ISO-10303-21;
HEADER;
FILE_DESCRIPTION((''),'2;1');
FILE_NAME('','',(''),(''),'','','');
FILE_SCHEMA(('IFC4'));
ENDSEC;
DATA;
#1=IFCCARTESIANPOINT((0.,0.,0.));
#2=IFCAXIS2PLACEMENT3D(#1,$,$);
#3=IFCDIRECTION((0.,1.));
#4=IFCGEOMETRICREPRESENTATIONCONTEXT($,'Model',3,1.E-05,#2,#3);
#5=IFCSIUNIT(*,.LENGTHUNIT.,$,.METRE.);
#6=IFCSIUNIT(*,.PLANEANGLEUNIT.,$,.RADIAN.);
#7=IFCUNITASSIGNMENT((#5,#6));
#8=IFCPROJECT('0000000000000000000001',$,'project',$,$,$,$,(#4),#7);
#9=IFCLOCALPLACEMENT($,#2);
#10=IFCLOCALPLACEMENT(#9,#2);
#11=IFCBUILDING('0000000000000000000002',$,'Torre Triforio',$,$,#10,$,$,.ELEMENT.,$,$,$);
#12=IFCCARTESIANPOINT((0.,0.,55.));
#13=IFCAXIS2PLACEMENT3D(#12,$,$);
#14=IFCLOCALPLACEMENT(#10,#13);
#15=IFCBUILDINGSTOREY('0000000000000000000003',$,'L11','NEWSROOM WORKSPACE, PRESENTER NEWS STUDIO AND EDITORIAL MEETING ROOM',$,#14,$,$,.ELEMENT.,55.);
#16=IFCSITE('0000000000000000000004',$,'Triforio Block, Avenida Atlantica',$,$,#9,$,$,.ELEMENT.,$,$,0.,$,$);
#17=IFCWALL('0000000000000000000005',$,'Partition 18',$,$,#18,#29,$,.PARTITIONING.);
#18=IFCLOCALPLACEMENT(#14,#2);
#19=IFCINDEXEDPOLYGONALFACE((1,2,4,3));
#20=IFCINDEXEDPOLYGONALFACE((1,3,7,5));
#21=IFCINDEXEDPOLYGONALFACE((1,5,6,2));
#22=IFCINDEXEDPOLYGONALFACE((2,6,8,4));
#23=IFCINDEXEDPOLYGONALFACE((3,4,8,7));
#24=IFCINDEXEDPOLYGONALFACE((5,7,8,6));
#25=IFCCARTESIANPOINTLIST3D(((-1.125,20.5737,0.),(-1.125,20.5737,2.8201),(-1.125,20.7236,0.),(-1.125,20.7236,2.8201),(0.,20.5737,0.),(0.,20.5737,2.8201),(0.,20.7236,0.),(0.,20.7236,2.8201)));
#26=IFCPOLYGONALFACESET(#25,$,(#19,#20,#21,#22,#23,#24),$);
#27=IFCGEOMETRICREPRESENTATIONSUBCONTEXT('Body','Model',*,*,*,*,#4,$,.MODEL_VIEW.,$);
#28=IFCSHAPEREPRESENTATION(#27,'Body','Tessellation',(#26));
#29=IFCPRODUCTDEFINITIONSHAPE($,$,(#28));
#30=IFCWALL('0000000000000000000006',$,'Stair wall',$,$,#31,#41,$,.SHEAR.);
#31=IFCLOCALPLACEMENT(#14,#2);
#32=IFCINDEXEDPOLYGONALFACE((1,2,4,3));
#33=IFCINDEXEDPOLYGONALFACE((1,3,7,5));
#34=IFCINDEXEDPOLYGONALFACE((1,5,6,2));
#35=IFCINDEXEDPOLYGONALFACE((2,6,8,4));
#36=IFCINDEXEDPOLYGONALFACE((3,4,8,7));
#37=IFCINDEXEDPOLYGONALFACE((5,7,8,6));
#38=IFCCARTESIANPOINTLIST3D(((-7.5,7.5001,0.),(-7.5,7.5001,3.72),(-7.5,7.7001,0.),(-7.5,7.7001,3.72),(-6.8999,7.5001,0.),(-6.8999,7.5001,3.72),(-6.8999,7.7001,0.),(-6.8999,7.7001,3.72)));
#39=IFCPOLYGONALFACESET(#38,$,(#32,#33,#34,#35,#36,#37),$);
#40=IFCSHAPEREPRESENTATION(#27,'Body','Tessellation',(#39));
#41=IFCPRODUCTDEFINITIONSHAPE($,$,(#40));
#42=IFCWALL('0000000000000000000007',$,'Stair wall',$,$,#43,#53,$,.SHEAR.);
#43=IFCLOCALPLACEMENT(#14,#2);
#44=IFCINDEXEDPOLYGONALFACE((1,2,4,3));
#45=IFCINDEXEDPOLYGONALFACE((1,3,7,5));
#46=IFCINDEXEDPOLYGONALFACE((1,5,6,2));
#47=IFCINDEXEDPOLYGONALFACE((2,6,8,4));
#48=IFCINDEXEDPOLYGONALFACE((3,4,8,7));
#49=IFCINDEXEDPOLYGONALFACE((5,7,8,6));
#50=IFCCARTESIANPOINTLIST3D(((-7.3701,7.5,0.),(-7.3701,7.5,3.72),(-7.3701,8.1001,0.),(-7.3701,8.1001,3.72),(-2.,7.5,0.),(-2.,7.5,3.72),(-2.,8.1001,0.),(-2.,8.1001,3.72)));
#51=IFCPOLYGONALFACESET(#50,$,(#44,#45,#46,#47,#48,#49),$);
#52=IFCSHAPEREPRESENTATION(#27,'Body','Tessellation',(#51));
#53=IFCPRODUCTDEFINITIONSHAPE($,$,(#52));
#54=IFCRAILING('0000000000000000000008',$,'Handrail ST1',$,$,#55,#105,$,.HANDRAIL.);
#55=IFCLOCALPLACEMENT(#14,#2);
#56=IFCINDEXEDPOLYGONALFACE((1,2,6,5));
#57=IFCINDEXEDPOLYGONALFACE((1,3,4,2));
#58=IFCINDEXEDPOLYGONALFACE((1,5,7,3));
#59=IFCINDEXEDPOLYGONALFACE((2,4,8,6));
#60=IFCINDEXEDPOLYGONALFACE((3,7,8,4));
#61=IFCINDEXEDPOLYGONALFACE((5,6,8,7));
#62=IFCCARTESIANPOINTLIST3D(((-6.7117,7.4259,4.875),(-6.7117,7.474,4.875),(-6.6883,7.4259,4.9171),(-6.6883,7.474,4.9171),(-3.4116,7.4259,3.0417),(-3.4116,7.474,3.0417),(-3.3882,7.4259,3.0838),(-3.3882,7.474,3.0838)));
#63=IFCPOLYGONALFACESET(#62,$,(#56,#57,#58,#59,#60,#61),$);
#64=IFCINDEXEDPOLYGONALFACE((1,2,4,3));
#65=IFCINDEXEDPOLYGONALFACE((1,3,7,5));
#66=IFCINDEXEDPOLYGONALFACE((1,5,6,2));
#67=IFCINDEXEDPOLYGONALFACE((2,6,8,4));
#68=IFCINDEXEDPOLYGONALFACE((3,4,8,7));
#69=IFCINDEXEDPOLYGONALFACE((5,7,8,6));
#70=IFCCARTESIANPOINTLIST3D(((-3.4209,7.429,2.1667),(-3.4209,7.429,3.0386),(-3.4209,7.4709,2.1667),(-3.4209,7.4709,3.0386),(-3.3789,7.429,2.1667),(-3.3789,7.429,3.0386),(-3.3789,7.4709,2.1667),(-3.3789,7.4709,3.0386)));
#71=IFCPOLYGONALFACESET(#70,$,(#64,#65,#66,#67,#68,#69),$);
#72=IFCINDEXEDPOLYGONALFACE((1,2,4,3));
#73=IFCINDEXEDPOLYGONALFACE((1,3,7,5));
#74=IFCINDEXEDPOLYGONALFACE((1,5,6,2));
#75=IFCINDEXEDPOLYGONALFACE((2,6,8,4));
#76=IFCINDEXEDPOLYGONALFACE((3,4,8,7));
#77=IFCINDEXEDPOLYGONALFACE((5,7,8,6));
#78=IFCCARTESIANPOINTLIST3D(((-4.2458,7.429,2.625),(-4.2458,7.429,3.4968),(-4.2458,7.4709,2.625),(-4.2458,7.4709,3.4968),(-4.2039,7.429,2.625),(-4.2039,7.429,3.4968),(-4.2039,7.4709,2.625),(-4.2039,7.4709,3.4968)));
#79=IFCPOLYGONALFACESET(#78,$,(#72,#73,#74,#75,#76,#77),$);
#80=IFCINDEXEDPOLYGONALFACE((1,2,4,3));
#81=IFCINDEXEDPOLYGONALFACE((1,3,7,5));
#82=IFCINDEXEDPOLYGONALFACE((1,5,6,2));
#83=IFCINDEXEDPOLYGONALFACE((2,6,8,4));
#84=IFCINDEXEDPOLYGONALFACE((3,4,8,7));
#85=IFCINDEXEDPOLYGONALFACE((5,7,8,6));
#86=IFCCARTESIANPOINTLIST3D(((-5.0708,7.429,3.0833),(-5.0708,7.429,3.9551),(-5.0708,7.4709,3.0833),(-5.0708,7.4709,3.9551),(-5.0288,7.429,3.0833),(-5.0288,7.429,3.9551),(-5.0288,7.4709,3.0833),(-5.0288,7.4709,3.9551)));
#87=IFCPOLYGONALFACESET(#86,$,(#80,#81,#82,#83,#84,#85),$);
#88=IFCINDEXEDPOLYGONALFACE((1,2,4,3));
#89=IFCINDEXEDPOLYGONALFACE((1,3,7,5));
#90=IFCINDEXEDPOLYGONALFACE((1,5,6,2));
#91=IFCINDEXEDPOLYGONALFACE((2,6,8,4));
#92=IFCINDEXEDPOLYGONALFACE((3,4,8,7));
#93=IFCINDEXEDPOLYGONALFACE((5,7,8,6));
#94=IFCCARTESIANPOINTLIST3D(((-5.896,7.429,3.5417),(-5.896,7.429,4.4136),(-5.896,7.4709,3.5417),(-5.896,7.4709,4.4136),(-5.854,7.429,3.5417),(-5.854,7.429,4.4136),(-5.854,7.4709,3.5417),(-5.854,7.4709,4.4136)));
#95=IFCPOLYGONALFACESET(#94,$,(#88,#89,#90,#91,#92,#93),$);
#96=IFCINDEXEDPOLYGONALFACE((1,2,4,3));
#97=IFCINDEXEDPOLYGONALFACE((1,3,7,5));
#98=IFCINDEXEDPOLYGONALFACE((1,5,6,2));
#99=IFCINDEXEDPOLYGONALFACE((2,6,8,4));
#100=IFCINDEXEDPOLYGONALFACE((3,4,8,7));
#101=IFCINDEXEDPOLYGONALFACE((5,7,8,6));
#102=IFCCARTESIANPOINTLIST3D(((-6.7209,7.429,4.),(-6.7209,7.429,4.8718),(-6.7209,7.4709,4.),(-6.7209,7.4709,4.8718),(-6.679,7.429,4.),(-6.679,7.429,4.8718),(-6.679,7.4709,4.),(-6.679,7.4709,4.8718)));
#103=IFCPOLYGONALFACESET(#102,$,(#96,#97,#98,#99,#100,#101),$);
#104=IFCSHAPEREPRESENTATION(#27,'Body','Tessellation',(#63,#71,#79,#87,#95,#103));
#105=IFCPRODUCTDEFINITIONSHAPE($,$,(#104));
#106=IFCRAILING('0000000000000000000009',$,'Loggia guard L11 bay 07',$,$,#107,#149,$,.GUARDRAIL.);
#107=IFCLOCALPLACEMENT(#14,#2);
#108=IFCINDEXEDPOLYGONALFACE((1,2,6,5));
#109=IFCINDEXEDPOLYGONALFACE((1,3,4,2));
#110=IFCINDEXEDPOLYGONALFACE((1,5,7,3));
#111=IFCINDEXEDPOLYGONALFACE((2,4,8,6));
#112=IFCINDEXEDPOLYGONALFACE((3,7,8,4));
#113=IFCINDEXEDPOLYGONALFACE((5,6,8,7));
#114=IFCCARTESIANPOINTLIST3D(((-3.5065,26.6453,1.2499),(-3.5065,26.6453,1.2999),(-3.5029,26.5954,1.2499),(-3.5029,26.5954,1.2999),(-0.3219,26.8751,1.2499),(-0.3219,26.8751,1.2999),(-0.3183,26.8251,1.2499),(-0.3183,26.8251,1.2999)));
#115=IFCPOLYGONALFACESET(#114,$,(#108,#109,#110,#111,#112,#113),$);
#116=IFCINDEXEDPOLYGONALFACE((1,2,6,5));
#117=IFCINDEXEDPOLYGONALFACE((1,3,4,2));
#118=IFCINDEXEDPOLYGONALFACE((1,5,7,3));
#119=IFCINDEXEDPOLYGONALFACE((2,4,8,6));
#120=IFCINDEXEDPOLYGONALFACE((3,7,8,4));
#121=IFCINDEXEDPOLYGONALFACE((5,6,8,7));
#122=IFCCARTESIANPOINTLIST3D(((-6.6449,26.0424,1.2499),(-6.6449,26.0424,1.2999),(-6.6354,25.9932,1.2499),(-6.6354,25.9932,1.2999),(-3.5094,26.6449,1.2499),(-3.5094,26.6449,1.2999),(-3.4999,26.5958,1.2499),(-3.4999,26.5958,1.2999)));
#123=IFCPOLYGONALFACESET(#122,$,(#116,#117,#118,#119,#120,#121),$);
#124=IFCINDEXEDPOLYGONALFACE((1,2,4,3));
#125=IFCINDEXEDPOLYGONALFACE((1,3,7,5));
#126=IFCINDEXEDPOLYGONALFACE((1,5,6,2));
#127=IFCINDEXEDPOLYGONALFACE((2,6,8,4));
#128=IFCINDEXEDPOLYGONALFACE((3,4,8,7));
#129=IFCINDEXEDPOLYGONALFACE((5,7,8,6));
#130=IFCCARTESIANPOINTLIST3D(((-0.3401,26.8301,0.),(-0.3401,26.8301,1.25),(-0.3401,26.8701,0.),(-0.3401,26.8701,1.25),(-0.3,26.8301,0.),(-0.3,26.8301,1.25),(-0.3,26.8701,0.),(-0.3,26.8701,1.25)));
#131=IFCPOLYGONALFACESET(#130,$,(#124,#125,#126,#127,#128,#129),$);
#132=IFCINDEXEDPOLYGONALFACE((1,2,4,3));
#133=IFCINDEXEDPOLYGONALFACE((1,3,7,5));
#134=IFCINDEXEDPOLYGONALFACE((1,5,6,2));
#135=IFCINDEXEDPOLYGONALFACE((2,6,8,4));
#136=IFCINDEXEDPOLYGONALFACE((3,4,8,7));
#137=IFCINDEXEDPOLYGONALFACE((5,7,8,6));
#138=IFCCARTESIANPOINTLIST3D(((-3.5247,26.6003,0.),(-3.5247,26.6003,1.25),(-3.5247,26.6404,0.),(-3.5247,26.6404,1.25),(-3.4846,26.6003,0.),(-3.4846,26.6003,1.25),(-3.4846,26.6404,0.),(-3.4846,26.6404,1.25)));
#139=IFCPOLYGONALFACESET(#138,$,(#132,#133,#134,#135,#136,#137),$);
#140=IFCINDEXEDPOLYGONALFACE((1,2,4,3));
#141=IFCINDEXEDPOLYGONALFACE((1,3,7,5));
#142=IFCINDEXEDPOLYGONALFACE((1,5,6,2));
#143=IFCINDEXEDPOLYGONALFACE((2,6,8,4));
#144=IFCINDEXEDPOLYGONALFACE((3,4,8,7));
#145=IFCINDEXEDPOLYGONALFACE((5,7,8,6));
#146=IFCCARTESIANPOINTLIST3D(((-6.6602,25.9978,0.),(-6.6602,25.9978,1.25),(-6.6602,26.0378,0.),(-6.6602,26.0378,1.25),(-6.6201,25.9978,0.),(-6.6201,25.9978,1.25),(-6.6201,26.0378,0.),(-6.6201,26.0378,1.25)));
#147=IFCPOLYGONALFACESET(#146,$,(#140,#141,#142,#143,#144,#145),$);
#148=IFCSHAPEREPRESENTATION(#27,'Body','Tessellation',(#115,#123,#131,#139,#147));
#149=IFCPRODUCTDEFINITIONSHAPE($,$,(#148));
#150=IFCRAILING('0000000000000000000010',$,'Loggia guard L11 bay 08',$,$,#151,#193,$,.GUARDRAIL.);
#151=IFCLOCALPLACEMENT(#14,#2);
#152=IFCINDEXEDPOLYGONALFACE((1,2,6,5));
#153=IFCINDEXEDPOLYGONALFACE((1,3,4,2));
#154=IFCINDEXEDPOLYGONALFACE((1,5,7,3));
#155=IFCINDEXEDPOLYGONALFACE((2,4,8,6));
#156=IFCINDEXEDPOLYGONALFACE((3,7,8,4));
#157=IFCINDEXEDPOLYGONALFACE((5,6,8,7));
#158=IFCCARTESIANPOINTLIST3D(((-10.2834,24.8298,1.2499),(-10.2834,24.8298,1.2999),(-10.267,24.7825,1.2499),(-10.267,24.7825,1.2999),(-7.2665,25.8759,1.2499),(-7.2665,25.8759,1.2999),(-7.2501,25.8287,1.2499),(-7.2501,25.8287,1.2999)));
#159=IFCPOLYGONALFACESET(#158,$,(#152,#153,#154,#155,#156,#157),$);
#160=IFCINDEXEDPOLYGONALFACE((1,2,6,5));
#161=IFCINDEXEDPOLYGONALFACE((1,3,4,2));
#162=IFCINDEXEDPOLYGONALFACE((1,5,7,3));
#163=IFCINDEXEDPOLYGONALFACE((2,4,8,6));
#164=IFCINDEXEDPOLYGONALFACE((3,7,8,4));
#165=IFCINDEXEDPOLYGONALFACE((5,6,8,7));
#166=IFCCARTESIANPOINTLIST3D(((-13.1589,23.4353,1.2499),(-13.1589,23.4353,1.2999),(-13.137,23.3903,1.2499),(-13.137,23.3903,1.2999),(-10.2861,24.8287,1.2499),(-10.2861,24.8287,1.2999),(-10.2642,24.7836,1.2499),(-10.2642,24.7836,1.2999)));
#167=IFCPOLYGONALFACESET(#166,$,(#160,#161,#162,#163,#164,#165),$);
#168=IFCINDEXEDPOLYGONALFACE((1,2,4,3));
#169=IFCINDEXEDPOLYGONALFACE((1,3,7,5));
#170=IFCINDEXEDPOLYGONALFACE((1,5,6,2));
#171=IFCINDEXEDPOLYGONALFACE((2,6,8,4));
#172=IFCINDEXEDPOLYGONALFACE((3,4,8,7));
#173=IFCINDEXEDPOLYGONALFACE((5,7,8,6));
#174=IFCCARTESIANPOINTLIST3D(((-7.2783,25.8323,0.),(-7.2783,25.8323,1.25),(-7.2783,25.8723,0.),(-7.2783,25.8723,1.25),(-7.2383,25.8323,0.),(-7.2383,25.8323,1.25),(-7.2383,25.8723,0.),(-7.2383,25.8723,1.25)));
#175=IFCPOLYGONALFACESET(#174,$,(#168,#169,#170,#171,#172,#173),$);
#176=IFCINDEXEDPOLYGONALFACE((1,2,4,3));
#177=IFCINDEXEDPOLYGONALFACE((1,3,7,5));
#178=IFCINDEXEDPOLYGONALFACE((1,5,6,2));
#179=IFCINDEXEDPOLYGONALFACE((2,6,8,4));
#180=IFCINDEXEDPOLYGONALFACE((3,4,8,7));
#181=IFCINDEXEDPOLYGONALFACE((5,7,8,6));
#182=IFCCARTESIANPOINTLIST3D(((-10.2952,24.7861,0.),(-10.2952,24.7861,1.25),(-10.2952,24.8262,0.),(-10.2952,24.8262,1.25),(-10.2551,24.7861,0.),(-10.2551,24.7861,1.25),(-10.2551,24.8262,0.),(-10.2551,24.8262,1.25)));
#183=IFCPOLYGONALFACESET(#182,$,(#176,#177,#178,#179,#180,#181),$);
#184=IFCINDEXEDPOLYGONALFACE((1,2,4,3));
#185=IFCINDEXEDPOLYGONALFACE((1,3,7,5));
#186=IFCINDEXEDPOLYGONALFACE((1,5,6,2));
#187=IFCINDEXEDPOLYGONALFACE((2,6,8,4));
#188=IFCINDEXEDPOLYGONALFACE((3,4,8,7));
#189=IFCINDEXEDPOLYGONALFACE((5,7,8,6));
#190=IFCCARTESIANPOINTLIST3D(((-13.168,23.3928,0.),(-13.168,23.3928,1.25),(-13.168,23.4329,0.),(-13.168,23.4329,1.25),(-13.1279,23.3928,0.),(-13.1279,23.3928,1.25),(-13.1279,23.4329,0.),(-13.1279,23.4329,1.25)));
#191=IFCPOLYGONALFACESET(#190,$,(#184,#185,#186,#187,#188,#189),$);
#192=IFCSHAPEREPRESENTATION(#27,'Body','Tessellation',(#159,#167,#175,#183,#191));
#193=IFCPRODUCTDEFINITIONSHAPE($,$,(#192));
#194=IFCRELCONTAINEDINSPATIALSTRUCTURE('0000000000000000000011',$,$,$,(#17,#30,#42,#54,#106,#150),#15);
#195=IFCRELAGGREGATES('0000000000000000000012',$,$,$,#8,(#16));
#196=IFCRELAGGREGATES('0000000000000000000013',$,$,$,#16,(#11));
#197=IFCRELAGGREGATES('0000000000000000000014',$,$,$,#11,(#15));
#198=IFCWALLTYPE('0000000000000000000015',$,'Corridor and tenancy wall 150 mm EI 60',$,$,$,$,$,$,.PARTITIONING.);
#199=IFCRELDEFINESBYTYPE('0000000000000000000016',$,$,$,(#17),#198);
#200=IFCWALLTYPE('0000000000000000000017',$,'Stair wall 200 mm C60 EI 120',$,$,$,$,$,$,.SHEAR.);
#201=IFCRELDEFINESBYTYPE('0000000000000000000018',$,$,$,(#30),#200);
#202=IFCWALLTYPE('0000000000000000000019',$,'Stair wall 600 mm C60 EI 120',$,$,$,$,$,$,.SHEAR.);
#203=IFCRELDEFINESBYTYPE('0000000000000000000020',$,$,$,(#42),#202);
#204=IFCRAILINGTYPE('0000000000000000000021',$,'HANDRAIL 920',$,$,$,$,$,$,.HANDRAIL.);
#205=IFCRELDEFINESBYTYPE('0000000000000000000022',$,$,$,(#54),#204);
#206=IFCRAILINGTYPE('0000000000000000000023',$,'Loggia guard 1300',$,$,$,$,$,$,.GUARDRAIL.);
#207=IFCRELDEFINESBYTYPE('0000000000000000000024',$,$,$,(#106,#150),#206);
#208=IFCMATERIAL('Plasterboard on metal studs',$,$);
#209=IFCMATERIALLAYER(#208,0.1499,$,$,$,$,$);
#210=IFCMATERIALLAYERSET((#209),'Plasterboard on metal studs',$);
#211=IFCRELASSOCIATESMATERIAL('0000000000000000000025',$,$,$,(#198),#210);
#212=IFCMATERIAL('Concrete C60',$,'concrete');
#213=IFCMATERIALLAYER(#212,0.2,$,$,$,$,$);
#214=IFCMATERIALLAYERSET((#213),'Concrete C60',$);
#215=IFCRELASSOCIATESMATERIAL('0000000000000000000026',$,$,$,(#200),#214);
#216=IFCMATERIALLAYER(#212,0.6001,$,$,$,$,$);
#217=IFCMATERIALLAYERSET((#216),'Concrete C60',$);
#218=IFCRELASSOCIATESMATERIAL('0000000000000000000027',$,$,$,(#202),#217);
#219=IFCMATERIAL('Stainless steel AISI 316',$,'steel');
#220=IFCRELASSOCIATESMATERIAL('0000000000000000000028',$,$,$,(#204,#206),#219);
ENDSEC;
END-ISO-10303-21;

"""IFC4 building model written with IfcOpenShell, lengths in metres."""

from ifc_helpers import new_model, si_unit, direction, frame, frame_2d, origin, origin_2d, place, context, subcontext, project, spatial, rectangle, extrude, material, layer, layer_set, type_object, element, save


model = new_model("IFC4")

# Units and contexts
model_context = context("Model", 3, precision=1e-05, world=origin(), true_north=direction((0.0, 1.0)))
body_context = subcontext(model_context, "Body", "Model", "MODEL_VIEW")
ifc_project = project(units=[si_unit("LENGTHUNIT", "METRE"), si_unit("PLANEANGLEUNIT", "RADIAN")], contexts=[model_context])

# Site, building, storey
site_placement = place(None, origin())
site = spatial("IfcSite", under=ifc_project, at=site_placement, Name="Triforio Block, Avenida Atlantica", CompositionType="ELEMENT", RefElevation=0.0)
building_placement = place(site_placement, origin())
building = spatial("IfcBuilding", under=site, at=building_placement, Name="Torre Triforio", CompositionType="ELEMENT")
storey_placement = place(building_placement, frame((0.0, 0.0, 55.0)))
storey = spatial("IfcBuildingStorey", under=building, at=storey_placement, Name="L11", Description="NEWSROOM WORKSPACE, PRESENTER NEWS STUDIO AND EDITORIAL MEETING ROOM", CompositionType="ELEMENT", Elevation=55.0)

# Shared definitions
ifc_material_1 = material(Name="Concrete C60", Category="concrete")

# Shared definitions
ifc_material_2 = material(Name="Plasterboard on metal studs")
ifc_layer_1 = layer(ifc_material_2, 0.1499)
ifc_layer_set_1 = layer_set([ifc_layer_1], Name="Plasterboard on metal studs")
wall_type_1 = type_object("IfcWallType", Name="Corridor and tenancy wall 150 mm EI 60", PredefinedType="PARTITIONING", material=ifc_layer_set_1)

# Walls
wall_1_placement = place(storey_placement, frame((-1.125, 20.6487, 0.0), z_axis=(0.0, 0.0, 1.0), x_axis=(1.0, 0.0, 0.0)))
element("IfcWall", 1, at=wall_1_placement, inside=storey, type_object=wall_type_1, Name="Partition 18", PredefinedType="PARTITIONING", context=body_context, shape_type="SweptSolid", body=[
    extrude(rectangle(XDim=1.125, YDim=0.1499, at=frame_2d((0.5625, 0.0))), origin(), (0.0, 0.0, 1.0), 2.8201),
])
ifc_layer_2 = layer(ifc_material_1, 0.2)
ifc_layer_set_2 = layer_set([ifc_layer_2], Name="Concrete C60")
wall_type_2 = type_object("IfcWallType", Name="Stair wall 200 mm C60 EI 120", PredefinedType="SHEAR", material=ifc_layer_set_2)
wall_2_placement = place(storey_placement, frame((-7.5, 7.6001, 0.0), z_axis=(0.0, 0.0, 1.0), x_axis=(1.0, 0.0, 0.0)))
element("IfcWall", 2, at=wall_2_placement, inside=storey, type_object=wall_type_2, Name="Stair wall", PredefinedType="SHEAR", context=body_context, shape_type="SweptSolid", body=[
    extrude(rectangle(XDim=0.6001, YDim=0.2, at=frame_2d((0.3, 0.0))), origin(), (0.0, 0.0, 1.0), 3.72),
])
ifc_layer_3 = layer(ifc_material_1, 0.6001)
ifc_layer_set_3 = layer_set([ifc_layer_3], Name="Concrete C60")
wall_type_3 = type_object("IfcWallType", Name="Stair wall 600 mm C60 EI 120", PredefinedType="SHEAR", material=ifc_layer_set_3)
wall_3_placement = place(storey_placement, frame((-7.3701, 7.8, 0.0), z_axis=(0.0, 0.0, 1.0), x_axis=(1.0, 0.0, 0.0)))
element("IfcWall", 3, at=wall_3_placement, inside=storey, type_object=wall_type_3, Name="Stair wall", PredefinedType="SHEAR", context=body_context, shape_type="SweptSolid", body=[
    extrude(rectangle(XDim=5.3701, YDim=0.6001, at=frame_2d((2.6851, 0.0))), origin(), (0.0, 0.0, 1.0), 3.72),
])

# Railings
ifc_material_3 = material(Name="Stainless steel AISI 316", Category="steel")
railing_type_1 = type_object("IfcRailingType", Name="HANDRAIL 920", PredefinedType="HANDRAIL", material=ifc_material_3)
railing_1_placement = place(storey_placement, frame((-3.3999, 7.45, 2.1667)))
element("IfcRailing", 4, at=railing_1_placement, inside=storey, type_object=railing_type_1, Name="Handrail ST1", PredefinedType="HANDRAIL", context=body_context, shape_type="SweptSolid", body=[
    extrude(rectangle(XDim=0.0481, YDim=0.0481, at=origin_2d()), frame((0.0, 0.0, 0.896), z_axis=(-0.874169, 0.0, 0.485621), x_axis=(0.0, -1.0, 0.0)), (0.0, 0.0, 1.0), 3.7751),
    extrude(rectangle(XDim=0.042, YDim=0.042, at=origin_2d()), origin(), (0.0, 0.0, 1.0), 0.8718),
    extrude(rectangle(XDim=0.042, YDim=0.042, at=origin_2d()), frame((-0.825, 0.0, 0.4583)), (0.0, 0.0, 1.0), 0.8718),
    extrude(rectangle(XDim=0.042, YDim=0.042, at=origin_2d()), frame((-1.6499, 0.0, 0.9165)), (0.0, 0.0, 1.0), 0.8718),
    extrude(rectangle(XDim=0.042, YDim=0.042, at=origin_2d()), frame((-2.4751, 0.0, 1.375)), (0.0, 0.0, 1.0), 0.8718),
    extrude(rectangle(XDim=0.042, YDim=0.042, at=origin_2d()), frame((-3.3, 0.0, 1.8333)), (0.0, 0.0, 1.0), 0.8718),
])
railing_type_2 = type_object("IfcRailingType", Name="Loggia guard 1300", PredefinedType="GUARDRAIL", material=ifc_material_3)
railing_2_placement = place(storey_placement, frame((-0.3201, 26.8501, 0.0)))
element("IfcRailing", 5, at=railing_2_placement, inside=storey, type_object=railing_type_2, Name="Loggia guard L11 bay 07", PredefinedType="GUARDRAIL", context=body_context, shape_type="SweptSolid", body=[
    extrude(rectangle(XDim=0.05, YDim=0.05, at=origin_2d()), frame((0.0, 0.0, 1.2749), z_axis=(-0.997408, -0.071953, 0.0), x_axis=(0.071953, -0.997408, 0.0)), (0.0, 0.0, 1.0), 3.1929),
    extrude(rectangle(XDim=0.05, YDim=0.05, at=origin_2d()), frame((-3.1846, -0.2297, 1.2749), z_axis=(-0.982032, -0.188714, 0.0), x_axis=(0.188714, -0.982032, 0.0)), (0.0, 0.0, 1.0), 3.1929),
    extrude(rectangle(XDim=0.04, YDim=0.04, at=origin_2d()), origin(), (0.0, 0.0, 1.0), 1.25),
    extrude(rectangle(XDim=0.04, YDim=0.04, at=origin_2d()), frame((-3.1846, -0.2297, 0.0)), (0.0, 0.0, 1.0), 1.25),
    extrude(rectangle(XDim=0.04, YDim=0.04, at=origin_2d()), frame((-6.3201, -0.8323, 0.0)), (0.0, 0.0, 1.0), 1.25),
])
railing_3_placement = place(storey_placement, frame((-7.2583, 25.8523, 0.0)))
element("IfcRailing", 6, at=railing_3_placement, inside=storey, type_object=railing_type_2, Name="Loggia guard L11 bay 08", PredefinedType="GUARDRAIL", context=body_context, shape_type="SweptSolid", body=[
    extrude(rectangle(XDim=0.05, YDim=0.05, at=origin_2d()), frame((0.0, 0.0, 1.2749), z_axis=(-0.944807, -0.327628, 0.0), x_axis=(0.327628, -0.944807, 0.0)), (0.0, 0.0, 1.0), 3.1931),
    extrude(rectangle(XDim=0.05, YDim=0.05, at=origin_2d()), frame((-3.0168, -1.0461, 1.2749), z_axis=(-0.89976, -0.436384, 0.0), x_axis=(0.436384, -0.89976, 0.0)), (0.0, 0.0, 1.0), 3.1929),
    extrude(rectangle(XDim=0.04, YDim=0.04, at=origin_2d()), origin(), (0.0, 0.0, 1.0), 1.25),
    extrude(rectangle(XDim=0.04, YDim=0.04, at=origin_2d()), frame((-3.0168, -1.0461, 0.0)), (0.0, 0.0, 1.0), 1.25),
    extrude(rectangle(XDim=0.04, YDim=0.04, at=origin_2d()), frame((-5.8896, -2.4395, 0.0)), (0.0, 0.0, 1.0), 1.25),
])

save(model, "model.ifc")
